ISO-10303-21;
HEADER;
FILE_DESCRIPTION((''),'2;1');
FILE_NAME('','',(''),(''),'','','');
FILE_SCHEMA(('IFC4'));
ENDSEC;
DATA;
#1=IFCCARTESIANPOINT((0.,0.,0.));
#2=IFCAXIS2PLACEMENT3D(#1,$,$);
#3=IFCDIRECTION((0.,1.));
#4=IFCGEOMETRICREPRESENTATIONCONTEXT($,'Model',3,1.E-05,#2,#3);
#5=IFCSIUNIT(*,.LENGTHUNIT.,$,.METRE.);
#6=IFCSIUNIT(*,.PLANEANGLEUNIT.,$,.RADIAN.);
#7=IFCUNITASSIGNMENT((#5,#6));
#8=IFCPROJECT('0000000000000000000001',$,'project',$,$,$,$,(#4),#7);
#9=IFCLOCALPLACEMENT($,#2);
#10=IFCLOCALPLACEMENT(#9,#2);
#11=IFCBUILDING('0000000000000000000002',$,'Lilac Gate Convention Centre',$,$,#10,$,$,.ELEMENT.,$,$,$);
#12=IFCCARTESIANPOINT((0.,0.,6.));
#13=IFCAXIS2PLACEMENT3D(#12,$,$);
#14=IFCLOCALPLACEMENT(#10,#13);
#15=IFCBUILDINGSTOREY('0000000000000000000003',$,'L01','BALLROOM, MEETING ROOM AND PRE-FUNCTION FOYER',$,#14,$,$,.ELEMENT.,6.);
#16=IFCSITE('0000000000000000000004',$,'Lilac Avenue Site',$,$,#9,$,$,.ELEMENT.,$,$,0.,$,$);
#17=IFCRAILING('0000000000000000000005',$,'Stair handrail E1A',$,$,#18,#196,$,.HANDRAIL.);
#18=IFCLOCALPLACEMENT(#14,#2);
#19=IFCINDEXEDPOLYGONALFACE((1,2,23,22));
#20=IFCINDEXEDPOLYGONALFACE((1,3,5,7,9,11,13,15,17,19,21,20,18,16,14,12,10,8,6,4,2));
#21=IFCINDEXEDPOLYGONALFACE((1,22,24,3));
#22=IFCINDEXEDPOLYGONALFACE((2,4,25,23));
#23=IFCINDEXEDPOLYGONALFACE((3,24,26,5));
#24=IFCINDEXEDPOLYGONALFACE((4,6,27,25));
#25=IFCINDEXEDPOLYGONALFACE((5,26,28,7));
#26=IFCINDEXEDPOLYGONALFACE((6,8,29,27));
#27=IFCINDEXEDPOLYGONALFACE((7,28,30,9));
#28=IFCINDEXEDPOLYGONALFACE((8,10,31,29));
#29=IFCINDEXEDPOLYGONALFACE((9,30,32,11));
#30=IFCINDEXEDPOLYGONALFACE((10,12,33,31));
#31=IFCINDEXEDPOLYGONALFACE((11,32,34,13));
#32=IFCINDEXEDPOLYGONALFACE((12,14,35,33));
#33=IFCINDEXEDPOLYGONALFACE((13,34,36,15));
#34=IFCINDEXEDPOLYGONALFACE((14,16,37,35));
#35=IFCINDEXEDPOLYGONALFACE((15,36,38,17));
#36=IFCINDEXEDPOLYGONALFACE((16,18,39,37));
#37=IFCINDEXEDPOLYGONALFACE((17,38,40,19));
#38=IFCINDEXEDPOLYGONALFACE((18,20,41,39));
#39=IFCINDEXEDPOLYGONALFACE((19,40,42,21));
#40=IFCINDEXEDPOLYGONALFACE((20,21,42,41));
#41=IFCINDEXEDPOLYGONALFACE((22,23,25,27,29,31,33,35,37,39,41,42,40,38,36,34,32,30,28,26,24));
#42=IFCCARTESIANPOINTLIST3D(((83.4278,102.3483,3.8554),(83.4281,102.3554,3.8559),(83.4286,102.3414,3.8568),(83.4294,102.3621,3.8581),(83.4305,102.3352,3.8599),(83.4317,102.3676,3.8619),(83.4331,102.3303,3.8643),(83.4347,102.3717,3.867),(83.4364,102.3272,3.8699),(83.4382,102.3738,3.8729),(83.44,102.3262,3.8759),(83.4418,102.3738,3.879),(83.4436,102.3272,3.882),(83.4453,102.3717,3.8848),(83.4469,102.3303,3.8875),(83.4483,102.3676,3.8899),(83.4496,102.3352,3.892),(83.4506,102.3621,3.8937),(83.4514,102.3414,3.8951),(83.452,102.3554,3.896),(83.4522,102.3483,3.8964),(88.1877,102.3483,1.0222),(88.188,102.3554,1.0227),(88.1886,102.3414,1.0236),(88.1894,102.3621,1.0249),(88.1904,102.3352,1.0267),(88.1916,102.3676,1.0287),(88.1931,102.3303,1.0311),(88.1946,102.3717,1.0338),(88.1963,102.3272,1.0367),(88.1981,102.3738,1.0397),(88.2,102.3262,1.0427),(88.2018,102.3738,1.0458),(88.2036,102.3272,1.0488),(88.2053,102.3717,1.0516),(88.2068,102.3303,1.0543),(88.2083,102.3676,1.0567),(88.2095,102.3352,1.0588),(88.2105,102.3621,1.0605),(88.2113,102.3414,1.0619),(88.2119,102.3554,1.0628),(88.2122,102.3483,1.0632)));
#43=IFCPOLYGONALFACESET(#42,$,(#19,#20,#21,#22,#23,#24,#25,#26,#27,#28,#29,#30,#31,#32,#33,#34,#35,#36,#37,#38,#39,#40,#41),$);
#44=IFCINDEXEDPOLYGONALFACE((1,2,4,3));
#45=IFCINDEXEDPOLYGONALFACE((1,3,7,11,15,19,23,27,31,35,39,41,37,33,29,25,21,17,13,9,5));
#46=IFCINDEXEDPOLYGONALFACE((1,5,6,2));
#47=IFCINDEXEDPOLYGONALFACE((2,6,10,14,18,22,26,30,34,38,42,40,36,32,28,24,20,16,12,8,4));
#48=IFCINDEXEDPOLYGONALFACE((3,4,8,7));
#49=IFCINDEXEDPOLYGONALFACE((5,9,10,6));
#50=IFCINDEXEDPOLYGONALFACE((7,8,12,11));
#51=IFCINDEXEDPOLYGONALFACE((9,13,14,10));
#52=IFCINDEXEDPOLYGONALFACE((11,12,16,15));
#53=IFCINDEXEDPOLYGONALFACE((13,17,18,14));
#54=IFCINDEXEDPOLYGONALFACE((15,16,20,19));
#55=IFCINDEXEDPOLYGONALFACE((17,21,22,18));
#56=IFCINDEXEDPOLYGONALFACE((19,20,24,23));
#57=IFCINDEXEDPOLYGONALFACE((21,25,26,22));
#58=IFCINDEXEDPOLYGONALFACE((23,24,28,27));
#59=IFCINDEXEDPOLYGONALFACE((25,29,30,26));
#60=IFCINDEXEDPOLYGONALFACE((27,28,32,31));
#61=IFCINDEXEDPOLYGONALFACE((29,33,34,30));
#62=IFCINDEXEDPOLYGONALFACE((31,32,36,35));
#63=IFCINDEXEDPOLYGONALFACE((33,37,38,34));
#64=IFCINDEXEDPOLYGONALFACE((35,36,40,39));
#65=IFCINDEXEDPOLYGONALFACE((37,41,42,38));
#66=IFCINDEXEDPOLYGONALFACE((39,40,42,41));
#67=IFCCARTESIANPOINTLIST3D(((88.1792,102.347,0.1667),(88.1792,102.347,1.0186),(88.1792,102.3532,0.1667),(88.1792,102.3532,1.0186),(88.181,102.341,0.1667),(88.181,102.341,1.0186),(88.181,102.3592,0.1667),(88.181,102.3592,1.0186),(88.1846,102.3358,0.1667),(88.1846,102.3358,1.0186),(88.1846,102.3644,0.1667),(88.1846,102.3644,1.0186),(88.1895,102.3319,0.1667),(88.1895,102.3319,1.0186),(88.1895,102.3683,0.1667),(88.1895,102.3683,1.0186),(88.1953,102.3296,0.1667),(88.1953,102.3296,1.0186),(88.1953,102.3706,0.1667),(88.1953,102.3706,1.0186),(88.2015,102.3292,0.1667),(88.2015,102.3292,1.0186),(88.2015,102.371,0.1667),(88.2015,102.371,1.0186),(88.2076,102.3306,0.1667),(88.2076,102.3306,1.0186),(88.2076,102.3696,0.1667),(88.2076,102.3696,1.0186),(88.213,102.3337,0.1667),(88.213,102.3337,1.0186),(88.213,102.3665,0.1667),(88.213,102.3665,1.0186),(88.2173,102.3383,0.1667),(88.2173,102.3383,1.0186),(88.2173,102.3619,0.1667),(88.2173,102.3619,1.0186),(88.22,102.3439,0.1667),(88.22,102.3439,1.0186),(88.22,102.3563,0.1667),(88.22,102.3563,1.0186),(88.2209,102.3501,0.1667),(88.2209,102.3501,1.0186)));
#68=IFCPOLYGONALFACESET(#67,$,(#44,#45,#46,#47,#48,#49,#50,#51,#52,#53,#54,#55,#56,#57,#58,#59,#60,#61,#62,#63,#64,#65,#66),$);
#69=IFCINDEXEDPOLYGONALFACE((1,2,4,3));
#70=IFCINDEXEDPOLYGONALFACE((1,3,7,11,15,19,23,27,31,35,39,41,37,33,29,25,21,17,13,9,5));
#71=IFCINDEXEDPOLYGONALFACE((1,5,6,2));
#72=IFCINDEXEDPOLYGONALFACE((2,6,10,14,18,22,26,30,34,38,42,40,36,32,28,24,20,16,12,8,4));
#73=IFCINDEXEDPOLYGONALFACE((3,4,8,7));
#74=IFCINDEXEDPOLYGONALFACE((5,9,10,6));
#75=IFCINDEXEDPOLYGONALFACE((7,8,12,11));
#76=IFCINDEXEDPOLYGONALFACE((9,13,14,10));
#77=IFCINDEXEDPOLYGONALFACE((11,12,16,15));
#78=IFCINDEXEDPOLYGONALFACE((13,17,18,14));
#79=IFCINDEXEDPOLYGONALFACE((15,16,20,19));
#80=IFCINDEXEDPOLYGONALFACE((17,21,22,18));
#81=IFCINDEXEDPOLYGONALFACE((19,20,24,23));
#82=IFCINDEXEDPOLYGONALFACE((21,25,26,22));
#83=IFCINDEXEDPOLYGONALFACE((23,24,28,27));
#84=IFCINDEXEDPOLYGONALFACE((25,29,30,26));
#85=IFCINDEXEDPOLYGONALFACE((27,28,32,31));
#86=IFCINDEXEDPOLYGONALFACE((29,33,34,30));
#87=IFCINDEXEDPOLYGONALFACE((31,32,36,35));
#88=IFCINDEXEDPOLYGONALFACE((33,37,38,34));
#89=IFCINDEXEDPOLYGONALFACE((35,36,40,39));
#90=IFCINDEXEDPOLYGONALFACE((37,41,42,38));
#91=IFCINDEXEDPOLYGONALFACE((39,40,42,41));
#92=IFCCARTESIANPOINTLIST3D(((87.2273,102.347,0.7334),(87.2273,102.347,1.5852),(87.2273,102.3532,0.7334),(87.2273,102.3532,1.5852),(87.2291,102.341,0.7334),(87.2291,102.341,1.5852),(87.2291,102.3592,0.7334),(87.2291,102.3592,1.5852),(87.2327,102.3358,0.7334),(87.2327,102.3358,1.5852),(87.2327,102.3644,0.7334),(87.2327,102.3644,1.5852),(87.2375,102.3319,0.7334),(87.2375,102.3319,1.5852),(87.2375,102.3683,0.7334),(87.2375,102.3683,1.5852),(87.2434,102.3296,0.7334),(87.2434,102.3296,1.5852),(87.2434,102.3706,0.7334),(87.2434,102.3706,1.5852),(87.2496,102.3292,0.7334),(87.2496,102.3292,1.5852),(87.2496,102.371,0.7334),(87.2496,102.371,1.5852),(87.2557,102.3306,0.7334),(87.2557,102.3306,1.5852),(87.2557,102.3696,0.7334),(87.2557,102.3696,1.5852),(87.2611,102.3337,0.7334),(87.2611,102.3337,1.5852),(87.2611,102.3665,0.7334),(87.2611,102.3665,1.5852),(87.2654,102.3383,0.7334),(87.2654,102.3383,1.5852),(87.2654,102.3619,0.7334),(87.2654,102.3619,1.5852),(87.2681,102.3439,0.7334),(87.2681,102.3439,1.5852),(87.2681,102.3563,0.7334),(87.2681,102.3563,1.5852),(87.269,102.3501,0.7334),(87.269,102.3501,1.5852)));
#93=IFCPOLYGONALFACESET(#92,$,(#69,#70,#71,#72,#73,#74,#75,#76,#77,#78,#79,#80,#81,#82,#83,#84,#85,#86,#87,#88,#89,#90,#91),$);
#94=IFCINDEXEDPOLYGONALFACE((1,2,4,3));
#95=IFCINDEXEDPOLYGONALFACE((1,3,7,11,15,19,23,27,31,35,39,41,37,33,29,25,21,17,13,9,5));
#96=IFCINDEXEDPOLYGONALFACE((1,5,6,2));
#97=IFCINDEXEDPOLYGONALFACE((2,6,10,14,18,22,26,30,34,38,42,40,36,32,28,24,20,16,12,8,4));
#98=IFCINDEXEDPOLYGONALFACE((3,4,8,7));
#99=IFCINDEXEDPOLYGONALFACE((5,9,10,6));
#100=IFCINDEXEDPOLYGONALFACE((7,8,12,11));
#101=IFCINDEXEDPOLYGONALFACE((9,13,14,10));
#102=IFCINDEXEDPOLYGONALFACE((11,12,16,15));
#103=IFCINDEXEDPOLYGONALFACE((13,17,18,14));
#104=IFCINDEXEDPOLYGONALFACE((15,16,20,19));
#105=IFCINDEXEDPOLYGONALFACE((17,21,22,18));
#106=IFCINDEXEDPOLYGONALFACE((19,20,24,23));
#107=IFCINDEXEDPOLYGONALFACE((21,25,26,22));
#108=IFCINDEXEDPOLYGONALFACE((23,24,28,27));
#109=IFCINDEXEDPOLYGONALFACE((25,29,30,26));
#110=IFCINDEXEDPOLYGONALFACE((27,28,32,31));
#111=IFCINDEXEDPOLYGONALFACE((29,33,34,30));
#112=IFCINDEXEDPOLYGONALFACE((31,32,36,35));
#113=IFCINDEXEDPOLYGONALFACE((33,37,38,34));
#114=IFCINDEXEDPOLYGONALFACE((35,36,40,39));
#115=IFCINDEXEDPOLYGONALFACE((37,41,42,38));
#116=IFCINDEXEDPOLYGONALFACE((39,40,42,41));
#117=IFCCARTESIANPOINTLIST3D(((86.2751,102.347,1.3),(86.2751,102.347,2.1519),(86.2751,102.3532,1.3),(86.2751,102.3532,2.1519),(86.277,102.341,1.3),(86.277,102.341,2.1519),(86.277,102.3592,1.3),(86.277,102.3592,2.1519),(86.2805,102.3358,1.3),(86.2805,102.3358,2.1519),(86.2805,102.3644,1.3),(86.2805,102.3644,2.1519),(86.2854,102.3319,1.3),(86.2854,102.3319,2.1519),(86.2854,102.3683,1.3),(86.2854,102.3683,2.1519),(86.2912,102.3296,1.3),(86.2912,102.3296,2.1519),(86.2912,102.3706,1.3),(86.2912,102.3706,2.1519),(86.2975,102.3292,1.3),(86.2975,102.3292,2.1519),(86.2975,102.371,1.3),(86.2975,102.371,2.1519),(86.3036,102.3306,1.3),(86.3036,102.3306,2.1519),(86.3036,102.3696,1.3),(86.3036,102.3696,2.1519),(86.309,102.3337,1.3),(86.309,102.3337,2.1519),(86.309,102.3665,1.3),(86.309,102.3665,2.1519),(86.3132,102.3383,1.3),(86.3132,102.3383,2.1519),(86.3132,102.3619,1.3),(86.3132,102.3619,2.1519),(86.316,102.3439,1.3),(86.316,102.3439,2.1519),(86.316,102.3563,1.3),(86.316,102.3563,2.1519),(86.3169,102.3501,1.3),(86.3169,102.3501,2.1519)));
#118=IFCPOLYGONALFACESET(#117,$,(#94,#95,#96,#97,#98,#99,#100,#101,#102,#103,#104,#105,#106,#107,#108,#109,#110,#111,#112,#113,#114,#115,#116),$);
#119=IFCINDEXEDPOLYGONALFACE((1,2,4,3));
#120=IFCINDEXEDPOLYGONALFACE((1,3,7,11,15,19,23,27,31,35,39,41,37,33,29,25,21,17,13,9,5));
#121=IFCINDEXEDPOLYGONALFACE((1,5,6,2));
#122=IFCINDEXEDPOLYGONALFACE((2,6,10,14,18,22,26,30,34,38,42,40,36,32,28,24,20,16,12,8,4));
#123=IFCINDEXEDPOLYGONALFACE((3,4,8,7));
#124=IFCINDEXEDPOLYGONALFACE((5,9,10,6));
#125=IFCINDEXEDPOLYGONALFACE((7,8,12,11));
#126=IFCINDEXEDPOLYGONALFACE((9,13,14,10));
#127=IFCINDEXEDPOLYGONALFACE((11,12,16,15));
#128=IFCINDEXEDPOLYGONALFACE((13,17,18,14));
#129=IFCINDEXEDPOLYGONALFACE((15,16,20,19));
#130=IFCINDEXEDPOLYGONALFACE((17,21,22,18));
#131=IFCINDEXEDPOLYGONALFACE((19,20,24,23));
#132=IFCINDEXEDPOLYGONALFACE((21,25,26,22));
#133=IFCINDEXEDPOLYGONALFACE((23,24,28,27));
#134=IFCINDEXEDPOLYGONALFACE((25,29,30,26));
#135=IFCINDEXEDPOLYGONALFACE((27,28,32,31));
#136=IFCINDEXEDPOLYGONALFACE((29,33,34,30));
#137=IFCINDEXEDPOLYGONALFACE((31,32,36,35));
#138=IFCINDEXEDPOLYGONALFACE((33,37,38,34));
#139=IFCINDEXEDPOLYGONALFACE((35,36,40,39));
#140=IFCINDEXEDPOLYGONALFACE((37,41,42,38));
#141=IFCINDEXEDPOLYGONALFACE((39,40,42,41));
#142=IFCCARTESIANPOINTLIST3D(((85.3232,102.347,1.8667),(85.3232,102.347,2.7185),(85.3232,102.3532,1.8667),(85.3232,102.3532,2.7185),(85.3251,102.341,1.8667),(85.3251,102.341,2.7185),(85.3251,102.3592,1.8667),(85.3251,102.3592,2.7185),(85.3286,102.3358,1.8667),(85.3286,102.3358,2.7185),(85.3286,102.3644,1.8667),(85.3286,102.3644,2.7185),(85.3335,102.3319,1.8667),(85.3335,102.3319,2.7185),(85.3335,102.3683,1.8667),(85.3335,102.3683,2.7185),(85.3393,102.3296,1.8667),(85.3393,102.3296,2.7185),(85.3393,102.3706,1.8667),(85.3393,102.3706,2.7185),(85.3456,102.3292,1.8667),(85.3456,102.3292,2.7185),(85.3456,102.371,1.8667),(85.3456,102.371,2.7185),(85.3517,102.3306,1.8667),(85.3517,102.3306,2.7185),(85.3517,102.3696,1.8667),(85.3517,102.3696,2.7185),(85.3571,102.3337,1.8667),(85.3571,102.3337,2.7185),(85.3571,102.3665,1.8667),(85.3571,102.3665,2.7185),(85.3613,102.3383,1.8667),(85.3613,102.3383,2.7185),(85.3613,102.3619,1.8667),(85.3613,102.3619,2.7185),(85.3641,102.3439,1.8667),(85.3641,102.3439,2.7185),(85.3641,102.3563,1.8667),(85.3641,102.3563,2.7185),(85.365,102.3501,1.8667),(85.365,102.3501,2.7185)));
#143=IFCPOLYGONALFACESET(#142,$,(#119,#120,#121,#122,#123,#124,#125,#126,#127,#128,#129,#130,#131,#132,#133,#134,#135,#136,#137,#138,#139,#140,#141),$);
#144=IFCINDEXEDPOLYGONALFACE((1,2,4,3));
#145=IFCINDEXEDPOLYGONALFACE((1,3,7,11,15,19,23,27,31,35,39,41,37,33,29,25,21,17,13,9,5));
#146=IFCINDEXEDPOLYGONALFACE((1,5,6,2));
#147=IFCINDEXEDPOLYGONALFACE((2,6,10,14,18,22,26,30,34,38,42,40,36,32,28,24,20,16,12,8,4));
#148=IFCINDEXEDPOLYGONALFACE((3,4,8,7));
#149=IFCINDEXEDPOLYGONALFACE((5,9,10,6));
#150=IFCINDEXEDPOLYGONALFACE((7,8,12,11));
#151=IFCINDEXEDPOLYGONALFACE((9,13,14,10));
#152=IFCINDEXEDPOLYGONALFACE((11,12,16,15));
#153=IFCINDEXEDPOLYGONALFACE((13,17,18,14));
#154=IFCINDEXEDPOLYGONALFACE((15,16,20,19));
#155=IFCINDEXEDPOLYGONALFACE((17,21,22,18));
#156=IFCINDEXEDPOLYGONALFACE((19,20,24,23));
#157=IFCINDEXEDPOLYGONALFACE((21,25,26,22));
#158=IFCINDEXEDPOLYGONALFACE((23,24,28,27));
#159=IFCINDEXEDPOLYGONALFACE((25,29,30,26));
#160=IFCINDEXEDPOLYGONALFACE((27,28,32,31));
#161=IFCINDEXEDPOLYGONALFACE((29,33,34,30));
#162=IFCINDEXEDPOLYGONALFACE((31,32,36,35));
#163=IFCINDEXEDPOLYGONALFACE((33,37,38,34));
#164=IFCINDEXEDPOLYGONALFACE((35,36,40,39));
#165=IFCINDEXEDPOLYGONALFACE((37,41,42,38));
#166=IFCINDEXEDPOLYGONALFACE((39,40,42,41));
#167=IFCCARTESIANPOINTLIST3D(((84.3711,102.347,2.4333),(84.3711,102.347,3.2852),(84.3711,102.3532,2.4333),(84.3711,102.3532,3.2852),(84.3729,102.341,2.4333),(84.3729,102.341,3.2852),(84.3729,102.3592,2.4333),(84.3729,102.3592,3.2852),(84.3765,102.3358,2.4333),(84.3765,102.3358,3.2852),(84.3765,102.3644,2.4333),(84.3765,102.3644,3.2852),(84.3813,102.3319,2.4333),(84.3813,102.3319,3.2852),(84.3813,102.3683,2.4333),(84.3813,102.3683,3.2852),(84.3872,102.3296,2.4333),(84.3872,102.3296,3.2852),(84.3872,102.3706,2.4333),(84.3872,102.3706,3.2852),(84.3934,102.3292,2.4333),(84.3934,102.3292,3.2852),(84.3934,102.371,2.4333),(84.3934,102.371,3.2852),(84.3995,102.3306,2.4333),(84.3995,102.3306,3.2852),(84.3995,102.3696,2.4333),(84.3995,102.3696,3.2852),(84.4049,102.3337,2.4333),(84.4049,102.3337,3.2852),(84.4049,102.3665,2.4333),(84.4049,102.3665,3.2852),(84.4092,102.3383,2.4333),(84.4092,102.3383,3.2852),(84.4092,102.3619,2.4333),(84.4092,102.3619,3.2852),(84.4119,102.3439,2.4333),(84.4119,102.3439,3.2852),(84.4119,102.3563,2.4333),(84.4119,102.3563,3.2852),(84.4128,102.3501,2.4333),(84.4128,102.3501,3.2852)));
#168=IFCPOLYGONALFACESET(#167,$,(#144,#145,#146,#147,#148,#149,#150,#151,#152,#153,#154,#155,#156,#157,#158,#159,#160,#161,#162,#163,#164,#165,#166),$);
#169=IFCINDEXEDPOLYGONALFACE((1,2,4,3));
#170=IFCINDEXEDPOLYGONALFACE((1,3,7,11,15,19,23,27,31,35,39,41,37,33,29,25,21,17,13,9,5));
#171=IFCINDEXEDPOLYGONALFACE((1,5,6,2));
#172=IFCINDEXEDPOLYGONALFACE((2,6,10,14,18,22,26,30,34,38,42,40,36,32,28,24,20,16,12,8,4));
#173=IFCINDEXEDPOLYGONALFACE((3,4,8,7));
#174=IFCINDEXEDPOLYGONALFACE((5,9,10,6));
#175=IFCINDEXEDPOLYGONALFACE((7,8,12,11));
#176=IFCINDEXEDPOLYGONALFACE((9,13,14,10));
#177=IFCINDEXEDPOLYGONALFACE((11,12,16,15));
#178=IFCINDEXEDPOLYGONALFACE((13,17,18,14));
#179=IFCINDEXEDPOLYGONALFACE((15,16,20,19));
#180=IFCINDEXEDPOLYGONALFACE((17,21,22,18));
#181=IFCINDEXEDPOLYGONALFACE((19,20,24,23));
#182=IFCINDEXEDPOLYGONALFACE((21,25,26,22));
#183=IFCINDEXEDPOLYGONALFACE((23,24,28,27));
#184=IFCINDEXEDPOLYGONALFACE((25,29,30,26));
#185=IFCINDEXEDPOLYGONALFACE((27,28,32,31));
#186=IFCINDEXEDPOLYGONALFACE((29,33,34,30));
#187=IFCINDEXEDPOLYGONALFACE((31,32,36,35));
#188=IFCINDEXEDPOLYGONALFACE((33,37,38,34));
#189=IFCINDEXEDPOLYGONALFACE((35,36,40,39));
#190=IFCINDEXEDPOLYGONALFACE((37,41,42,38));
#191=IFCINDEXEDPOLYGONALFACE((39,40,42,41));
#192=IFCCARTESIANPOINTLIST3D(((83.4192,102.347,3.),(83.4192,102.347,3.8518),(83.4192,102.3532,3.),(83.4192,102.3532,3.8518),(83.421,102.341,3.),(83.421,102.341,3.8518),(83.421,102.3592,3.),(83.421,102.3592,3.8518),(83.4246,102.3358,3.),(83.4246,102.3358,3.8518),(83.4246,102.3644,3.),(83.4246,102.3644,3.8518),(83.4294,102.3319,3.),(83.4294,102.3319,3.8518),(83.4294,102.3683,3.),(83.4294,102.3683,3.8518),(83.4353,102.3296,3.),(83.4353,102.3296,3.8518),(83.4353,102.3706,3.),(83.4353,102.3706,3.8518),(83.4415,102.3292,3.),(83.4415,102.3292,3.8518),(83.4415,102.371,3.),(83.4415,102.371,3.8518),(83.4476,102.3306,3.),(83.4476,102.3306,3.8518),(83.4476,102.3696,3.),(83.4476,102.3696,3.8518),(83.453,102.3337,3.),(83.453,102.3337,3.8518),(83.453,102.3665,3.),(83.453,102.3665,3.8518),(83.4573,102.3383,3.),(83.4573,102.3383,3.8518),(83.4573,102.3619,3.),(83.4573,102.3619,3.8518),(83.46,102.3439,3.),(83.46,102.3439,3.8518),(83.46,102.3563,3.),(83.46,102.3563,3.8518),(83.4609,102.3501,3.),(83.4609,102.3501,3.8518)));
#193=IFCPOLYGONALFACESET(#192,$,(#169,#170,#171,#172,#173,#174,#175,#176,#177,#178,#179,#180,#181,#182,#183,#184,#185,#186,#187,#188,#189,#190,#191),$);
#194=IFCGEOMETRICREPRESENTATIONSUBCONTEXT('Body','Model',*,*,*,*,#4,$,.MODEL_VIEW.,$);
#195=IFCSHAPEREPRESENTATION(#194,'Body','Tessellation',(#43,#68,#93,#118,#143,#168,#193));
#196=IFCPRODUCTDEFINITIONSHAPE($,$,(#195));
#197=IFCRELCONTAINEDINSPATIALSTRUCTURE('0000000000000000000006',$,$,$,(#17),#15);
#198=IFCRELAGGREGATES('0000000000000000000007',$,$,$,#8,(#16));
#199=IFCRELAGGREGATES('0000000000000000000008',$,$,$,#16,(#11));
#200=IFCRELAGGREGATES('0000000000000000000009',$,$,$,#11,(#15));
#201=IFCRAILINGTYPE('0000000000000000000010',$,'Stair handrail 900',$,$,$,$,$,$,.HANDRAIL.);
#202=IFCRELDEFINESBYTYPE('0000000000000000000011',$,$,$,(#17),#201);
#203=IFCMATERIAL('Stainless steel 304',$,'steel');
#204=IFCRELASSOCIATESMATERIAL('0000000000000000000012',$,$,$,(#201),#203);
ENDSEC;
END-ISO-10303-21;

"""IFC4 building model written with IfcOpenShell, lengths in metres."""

from ifc_helpers import new_model, si_unit, direction, frame, origin, origin_2d, place, context, subcontext, project, spatial, circle, extrude, material, type_object, element, save


model = new_model("IFC4")

# Units and contexts
model_context = context("Model", 3, precision=1e-05, world=origin(), true_north=direction((0.0, 1.0)))
body_context = subcontext(model_context, "Body", "Model", "MODEL_VIEW")
ifc_project = project(units=[si_unit("LENGTHUNIT", "METRE"), si_unit("PLANEANGLEUNIT", "RADIAN")], contexts=[model_context])

# Site, building, storey
site_placement = place(None, origin())
site = spatial("IfcSite", under=ifc_project, at=site_placement, Name="Lilac Avenue Site", CompositionType="ELEMENT", RefElevation=0.0)
building_placement = place(site_placement, origin())
building = spatial("IfcBuilding", under=site, at=building_placement, Name="Lilac Gate Convention Centre", CompositionType="ELEMENT")
storey_placement = place(building_placement, frame((0.0, 0.0, 6.0)))
storey = spatial("IfcBuildingStorey", under=building, at=storey_placement, Name="L01", Description="BALLROOM, MEETING ROOM AND PRE-FUNCTION FOYER", CompositionType="ELEMENT", Elevation=6.0)

# Shared definitions
ifc_material_1 = material(Name="Stainless steel 304", Category="steel")

# Railing
railing_type = type_object("IfcRailingType", Name="Stair handrail 900", PredefinedType="HANDRAIL", material=ifc_material_1)
for number, where, name in (
    (1, (88.2, 102.3501, 0.1667), "Stair handrail E1A"),
):
    element("IfcRailing", number, at=place(storey_placement, frame(where)), inside=storey, type_object=railing_type, Name=name, PredefinedType="HANDRAIL", context=body_context, shape_type="SweptSolid", body=[
        extrude(circle(Radius=0.0239, at=origin_2d()), frame((0.0, 0.0, 0.876), z_axis=(-0.8593, 0.0, 0.511472), x_axis=(0.0, -1.0, 0.0)), (0.0, 0.0, 1.0), 5.5393),
        extrude(circle(Radius=0.021, at=origin_2d()), origin(), (0.0, 0.0, 1.0), 0.8518),
        extrude(circle(Radius=0.021, at=origin_2d()), frame((-0.9519, 0.0, 0.5667)), (0.0, 0.0, 1.0), 0.8518),
        extrude(circle(Radius=0.021, at=origin_2d()), frame((-1.9041, 0.0, 1.1333)), (0.0, 0.0, 1.0), 0.8518),
        extrude(circle(Radius=0.021, at=origin_2d()), frame((-2.856, 0.0, 1.7)), (0.0, 0.0, 1.0), 0.8518),
        extrude(circle(Radius=0.021, at=origin_2d()), frame((-3.8081, 0.0, 2.2666)), (0.0, 0.0, 1.0), 0.8518),
        extrude(circle(Radius=0.021, at=origin_2d()), frame((-4.76, 0.0, 2.8333)), (0.0, 0.0, 1.0), 0.8518),
    ])

save(model, "model.ifc")
